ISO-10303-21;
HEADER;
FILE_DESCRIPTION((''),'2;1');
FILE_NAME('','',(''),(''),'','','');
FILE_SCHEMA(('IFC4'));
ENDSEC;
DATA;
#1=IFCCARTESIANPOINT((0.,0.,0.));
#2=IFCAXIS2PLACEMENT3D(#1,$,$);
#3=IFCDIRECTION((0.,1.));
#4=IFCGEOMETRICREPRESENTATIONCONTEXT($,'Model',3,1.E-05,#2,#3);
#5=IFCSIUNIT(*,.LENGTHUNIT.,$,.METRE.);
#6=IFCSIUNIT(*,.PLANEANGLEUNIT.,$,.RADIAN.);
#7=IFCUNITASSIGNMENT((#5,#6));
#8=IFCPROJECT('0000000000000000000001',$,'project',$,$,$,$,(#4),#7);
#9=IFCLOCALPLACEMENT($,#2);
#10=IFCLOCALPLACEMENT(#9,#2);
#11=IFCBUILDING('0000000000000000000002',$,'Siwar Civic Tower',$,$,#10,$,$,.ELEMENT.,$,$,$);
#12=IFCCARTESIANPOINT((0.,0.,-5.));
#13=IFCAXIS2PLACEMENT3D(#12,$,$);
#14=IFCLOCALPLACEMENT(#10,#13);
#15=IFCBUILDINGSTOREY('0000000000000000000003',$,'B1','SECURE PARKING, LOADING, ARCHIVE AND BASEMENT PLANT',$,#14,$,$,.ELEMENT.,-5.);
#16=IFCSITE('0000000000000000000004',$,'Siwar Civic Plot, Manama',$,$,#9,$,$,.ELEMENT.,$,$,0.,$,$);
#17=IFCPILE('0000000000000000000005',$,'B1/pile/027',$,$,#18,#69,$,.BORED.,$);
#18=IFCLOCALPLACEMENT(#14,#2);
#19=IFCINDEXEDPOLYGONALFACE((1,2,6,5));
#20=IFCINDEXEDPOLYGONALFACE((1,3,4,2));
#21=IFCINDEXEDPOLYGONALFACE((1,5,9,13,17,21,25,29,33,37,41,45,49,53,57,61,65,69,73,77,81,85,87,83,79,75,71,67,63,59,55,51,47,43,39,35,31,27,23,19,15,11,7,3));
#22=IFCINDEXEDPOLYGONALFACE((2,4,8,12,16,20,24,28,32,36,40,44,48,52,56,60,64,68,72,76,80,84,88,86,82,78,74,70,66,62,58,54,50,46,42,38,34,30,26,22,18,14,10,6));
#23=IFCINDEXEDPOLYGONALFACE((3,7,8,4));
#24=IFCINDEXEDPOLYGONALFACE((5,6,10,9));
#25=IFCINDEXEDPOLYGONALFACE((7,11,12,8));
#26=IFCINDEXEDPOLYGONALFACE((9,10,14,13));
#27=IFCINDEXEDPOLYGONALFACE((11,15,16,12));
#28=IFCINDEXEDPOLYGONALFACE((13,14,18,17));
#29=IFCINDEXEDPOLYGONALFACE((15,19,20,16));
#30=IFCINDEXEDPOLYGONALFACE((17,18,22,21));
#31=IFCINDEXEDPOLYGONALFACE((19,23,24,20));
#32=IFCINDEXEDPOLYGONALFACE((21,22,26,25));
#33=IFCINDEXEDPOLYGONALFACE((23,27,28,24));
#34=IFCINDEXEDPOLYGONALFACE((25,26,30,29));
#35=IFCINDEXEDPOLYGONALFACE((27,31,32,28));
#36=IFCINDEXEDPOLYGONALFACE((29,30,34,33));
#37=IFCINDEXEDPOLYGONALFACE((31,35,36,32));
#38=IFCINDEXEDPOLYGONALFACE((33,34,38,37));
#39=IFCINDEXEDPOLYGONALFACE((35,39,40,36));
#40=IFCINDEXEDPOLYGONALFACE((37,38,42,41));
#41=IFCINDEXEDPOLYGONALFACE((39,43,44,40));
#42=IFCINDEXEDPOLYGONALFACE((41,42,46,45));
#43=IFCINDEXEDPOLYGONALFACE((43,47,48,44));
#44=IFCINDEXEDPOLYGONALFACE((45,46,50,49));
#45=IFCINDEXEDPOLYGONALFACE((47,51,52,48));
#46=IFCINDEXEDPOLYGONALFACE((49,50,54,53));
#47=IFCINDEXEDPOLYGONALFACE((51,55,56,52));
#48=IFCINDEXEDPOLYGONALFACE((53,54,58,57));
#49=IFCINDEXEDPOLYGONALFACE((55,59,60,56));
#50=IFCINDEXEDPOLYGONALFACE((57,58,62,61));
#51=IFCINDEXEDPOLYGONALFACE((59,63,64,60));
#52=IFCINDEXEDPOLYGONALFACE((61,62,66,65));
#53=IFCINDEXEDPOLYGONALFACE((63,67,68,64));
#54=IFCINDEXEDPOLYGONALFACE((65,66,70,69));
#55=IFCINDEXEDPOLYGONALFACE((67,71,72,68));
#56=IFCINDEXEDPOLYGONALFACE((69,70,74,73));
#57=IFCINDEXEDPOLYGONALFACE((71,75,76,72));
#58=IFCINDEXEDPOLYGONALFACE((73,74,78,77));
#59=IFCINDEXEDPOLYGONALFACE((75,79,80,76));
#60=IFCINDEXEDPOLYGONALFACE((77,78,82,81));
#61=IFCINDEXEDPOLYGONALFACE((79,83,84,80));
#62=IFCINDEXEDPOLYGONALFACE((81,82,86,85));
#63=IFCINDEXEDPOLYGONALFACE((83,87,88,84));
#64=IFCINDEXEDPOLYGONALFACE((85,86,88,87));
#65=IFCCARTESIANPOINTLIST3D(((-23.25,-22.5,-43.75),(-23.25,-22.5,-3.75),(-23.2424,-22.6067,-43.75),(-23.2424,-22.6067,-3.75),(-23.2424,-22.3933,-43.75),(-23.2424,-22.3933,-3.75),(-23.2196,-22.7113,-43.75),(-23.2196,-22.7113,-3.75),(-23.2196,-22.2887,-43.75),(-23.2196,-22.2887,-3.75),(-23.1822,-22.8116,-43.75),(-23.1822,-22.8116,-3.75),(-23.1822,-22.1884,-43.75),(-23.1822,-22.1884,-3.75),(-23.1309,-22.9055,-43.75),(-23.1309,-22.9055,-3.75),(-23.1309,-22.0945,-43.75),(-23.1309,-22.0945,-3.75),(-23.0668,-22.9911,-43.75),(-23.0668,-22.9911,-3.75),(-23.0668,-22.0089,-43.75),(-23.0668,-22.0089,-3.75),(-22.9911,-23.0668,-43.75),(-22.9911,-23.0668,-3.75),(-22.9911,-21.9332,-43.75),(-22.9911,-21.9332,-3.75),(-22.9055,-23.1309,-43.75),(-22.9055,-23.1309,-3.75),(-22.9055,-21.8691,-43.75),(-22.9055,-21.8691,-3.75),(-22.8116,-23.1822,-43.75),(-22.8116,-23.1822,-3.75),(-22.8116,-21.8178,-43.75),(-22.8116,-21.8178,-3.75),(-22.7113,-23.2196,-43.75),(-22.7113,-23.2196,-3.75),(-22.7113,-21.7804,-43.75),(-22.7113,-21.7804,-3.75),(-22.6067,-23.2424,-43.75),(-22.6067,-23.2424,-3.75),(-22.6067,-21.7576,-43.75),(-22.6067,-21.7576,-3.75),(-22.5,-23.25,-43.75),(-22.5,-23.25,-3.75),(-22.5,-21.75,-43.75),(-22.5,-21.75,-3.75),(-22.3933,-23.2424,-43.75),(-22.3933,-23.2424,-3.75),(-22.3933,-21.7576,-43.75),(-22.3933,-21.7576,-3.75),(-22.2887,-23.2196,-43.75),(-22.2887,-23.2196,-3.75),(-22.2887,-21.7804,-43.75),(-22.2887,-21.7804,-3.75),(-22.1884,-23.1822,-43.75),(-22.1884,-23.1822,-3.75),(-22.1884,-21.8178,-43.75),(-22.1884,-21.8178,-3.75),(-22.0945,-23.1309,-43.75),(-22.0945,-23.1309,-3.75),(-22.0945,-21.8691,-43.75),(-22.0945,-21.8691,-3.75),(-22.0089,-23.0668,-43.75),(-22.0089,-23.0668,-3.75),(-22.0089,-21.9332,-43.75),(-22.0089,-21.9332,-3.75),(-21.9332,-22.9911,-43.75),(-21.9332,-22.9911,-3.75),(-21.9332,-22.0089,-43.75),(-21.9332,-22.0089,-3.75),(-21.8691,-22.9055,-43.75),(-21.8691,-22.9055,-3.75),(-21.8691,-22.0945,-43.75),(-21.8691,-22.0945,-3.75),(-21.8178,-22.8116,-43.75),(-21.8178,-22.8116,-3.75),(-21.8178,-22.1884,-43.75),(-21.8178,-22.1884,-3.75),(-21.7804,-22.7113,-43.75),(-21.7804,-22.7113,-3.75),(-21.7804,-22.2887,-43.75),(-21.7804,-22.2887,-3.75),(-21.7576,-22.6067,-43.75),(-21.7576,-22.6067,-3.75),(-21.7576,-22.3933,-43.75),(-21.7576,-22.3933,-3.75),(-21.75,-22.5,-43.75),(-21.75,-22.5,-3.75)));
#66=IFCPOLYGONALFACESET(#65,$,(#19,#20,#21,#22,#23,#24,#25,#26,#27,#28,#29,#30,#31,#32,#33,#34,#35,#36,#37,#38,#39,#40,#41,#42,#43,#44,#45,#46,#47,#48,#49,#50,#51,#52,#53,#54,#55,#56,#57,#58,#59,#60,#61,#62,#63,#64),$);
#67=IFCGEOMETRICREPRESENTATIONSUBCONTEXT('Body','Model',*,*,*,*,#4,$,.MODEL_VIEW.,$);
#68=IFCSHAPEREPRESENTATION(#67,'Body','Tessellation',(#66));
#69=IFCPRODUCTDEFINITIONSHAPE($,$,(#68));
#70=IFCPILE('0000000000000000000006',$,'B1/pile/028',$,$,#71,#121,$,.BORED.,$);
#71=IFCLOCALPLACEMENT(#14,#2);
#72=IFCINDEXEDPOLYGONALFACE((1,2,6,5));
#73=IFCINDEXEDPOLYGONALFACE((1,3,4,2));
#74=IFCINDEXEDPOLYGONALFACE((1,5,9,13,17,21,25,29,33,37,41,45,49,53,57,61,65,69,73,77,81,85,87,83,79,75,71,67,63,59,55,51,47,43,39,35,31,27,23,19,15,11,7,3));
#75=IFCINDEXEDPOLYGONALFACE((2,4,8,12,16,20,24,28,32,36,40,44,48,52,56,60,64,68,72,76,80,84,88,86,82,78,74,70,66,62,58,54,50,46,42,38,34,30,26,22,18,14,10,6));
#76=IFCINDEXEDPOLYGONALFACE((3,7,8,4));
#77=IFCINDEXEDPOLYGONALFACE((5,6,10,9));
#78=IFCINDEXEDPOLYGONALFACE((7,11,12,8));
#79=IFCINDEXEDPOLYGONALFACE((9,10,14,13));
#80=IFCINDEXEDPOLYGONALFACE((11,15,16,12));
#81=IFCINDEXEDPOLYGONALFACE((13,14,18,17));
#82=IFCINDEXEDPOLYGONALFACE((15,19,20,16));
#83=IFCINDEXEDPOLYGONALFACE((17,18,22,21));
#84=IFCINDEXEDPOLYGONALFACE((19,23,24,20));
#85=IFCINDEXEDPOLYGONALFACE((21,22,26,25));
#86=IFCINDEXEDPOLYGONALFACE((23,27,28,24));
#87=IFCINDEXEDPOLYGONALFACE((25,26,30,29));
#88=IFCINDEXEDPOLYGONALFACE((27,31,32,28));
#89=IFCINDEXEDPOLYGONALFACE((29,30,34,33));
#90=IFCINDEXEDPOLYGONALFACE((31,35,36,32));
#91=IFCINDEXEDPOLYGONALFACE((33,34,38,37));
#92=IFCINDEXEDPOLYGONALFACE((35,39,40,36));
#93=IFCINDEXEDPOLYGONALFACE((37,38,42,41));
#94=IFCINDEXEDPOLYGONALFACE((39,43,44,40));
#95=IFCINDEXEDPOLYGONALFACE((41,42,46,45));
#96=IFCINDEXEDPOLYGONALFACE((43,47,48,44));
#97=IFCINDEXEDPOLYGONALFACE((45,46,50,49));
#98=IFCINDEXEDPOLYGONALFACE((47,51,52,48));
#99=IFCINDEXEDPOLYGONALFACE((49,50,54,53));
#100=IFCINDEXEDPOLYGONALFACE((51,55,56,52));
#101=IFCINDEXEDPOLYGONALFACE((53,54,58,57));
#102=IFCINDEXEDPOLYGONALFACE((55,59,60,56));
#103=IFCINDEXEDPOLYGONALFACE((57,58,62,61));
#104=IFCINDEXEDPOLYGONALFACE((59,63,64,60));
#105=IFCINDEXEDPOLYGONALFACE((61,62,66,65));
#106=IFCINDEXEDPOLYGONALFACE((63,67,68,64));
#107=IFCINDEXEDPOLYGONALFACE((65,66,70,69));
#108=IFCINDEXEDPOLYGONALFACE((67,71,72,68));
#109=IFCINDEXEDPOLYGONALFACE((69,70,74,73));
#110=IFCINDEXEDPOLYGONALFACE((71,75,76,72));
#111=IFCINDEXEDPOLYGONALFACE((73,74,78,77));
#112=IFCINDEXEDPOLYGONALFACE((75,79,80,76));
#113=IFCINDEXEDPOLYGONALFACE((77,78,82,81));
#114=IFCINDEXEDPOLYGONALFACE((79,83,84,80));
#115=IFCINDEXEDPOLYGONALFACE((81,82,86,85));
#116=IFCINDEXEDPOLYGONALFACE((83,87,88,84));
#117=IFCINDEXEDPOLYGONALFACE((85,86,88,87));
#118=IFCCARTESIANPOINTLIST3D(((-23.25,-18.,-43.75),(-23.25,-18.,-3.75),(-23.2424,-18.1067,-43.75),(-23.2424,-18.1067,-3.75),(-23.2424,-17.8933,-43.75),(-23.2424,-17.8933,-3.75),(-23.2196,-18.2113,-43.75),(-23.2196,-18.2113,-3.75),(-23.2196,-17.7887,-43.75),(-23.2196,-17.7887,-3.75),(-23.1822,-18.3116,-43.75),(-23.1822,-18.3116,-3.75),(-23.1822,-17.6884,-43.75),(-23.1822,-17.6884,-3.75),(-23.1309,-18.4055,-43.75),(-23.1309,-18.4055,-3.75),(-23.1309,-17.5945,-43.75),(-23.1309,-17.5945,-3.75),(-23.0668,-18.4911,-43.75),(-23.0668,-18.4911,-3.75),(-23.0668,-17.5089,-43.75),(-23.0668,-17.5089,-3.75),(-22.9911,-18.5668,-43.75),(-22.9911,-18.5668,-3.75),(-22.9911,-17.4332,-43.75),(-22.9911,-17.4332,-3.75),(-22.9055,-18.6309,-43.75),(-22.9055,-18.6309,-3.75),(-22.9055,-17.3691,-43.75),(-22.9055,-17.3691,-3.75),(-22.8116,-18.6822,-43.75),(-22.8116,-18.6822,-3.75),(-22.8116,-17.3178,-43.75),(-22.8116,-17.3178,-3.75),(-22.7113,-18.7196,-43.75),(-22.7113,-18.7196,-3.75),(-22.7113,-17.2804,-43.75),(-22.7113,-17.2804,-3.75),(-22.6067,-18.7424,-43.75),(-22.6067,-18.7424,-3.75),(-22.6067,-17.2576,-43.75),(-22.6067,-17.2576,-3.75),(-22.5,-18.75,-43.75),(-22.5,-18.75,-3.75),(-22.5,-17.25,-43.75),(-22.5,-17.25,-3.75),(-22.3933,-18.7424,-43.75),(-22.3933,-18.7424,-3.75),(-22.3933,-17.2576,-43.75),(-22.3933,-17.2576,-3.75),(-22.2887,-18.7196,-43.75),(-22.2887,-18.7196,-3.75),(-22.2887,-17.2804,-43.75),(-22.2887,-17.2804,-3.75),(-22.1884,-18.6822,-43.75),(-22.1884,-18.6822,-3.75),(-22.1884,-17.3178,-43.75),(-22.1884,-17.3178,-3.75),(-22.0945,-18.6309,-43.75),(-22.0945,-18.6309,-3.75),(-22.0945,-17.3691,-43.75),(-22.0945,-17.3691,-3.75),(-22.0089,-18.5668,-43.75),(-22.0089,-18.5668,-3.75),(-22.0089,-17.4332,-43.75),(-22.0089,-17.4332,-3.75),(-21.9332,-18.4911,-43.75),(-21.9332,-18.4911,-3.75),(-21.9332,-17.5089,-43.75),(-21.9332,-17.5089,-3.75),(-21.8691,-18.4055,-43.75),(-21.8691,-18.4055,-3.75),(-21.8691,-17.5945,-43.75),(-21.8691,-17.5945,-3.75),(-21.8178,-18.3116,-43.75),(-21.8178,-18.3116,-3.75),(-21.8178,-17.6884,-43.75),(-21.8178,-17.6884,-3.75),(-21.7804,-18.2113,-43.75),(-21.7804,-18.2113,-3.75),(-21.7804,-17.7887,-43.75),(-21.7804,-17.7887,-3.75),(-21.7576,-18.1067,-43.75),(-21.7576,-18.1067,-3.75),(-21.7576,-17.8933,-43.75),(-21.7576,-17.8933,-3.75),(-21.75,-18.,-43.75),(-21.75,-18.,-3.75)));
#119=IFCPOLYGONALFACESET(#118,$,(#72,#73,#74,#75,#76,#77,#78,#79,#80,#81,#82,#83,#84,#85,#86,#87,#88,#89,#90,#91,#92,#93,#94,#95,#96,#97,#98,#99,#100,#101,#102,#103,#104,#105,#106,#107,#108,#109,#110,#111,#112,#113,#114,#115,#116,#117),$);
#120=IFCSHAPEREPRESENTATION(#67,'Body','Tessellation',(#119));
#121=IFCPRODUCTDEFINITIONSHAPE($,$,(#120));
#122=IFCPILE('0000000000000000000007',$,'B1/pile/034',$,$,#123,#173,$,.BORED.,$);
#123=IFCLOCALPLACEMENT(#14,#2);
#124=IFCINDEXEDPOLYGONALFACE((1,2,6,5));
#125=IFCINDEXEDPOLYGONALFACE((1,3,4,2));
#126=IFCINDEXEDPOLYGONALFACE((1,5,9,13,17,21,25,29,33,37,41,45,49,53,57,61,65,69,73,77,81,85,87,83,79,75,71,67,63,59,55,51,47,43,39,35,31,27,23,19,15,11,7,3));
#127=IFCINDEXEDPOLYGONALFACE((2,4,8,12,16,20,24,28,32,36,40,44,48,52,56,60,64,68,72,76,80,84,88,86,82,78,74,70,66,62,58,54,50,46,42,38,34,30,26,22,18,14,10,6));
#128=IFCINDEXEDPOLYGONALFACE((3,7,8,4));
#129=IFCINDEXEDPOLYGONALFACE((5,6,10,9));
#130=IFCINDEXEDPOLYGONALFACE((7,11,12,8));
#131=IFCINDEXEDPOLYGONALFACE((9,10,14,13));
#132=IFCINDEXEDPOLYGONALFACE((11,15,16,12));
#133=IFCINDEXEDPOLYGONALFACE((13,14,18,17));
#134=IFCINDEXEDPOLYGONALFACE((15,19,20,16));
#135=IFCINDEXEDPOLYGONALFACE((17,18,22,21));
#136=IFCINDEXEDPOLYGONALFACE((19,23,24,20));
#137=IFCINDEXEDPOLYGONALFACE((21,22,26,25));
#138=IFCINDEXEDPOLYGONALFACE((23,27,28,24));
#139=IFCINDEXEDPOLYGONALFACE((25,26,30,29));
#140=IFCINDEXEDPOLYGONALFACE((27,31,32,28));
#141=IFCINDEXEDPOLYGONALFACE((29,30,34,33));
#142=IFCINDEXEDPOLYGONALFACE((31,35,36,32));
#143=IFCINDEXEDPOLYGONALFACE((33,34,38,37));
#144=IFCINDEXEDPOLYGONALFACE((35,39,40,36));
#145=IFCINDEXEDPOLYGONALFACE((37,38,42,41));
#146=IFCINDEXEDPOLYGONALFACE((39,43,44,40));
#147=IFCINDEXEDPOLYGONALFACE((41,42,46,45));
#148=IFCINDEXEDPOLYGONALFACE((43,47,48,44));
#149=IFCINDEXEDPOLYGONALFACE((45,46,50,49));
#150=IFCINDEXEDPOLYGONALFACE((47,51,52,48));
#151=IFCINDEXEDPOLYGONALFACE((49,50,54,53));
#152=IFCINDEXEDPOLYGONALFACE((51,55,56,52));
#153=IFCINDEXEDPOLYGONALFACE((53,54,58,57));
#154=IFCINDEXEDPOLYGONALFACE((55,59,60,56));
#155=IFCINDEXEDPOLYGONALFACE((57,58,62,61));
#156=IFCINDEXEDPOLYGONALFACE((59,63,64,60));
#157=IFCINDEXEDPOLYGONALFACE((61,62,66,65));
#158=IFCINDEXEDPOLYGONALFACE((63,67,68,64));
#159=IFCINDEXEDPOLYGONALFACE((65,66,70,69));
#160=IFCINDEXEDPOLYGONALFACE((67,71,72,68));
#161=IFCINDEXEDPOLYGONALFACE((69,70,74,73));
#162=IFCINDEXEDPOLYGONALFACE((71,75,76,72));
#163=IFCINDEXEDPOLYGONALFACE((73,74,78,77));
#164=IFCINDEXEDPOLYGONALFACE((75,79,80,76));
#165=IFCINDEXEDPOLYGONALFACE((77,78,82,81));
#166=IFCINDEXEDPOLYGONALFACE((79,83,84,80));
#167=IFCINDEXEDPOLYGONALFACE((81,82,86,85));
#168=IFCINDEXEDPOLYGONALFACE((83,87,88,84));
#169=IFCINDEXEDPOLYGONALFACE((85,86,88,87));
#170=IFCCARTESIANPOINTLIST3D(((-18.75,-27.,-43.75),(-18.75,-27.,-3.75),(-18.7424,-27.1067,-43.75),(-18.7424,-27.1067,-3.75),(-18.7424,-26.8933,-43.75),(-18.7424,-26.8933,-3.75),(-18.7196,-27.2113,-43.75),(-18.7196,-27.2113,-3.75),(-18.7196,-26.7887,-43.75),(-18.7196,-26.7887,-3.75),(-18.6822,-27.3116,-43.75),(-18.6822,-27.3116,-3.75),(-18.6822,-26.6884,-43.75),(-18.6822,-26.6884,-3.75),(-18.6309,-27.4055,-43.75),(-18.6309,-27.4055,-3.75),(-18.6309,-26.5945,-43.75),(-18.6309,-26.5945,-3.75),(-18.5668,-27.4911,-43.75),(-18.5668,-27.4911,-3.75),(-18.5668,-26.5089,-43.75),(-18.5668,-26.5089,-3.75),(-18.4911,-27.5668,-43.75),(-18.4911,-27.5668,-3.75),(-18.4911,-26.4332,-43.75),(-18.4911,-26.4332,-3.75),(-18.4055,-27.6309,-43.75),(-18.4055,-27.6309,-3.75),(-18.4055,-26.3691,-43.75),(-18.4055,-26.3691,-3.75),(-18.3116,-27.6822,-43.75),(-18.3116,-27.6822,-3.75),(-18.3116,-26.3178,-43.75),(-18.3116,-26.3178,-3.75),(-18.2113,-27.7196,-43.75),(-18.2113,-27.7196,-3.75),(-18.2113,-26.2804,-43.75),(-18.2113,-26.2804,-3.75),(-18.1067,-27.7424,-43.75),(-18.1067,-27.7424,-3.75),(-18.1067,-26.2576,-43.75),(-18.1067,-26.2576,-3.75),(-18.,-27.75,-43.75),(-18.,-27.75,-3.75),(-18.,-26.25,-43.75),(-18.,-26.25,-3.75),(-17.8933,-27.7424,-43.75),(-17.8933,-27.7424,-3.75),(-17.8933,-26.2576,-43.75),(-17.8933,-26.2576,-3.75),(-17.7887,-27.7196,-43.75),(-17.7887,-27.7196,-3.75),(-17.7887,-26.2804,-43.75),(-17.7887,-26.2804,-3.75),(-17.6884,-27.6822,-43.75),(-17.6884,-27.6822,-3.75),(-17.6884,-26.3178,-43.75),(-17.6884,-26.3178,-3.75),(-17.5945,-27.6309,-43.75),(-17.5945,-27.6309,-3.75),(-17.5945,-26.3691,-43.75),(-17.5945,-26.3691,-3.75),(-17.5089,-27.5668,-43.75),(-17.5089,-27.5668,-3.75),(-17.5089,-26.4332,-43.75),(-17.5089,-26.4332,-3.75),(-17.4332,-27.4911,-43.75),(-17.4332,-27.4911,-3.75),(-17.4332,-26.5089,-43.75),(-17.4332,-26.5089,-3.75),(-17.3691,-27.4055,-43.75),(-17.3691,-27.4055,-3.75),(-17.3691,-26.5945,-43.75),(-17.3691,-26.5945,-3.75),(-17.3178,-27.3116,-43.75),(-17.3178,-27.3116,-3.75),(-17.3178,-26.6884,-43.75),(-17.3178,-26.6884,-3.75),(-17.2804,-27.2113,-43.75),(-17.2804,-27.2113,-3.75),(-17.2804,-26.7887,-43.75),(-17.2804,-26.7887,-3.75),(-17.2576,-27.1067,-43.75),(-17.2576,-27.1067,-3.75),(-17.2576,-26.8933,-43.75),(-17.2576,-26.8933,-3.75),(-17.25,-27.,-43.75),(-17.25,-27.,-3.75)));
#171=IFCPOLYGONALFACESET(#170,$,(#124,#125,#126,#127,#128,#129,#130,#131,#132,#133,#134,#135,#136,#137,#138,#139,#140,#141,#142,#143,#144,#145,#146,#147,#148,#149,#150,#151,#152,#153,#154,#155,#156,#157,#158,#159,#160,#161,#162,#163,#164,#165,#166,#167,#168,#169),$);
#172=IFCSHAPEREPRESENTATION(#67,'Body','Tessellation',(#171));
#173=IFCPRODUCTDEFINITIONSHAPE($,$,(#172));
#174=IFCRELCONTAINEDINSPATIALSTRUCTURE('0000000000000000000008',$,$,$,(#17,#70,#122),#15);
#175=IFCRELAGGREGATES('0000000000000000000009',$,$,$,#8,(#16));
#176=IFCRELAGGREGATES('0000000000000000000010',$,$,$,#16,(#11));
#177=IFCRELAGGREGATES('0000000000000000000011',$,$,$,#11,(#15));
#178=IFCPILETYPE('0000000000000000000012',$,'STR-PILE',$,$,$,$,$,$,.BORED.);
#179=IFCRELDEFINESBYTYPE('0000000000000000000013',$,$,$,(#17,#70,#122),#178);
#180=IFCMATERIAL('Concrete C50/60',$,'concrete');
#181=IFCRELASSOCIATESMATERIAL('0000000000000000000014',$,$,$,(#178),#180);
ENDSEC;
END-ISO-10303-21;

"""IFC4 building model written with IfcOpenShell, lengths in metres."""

from ifc_helpers import new_model, si_unit, direction, frame, origin, origin_2d, place, context, subcontext, project, spatial, circle, extrude, material, material_profile, profile_set, type_object, element, save


model = new_model("IFC4")

# Units and contexts
model_context = context("Model", 3, precision=1e-05, world=origin(), true_north=direction((0.0, 1.0)))
body_context = subcontext(model_context, "Body", "Model", "MODEL_VIEW")
ifc_project = project(units=[si_unit("LENGTHUNIT", "METRE"), si_unit("PLANEANGLEUNIT", "RADIAN")], contexts=[model_context])

# Site, building, storey
site_placement = place(None, origin())
site = spatial("IfcSite", under=ifc_project, at=site_placement, Name="Siwar Civic Plot, Manama", CompositionType="ELEMENT", RefElevation=0.0)
building_placement = place(site_placement, origin())
building = spatial("IfcBuilding", under=site, at=building_placement, Name="Siwar Civic Tower", CompositionType="ELEMENT")
storey_placement = place(building_placement, frame((0.0, 0.0, -5.0)))
storey = spatial("IfcBuildingStorey", under=building, at=storey_placement, Name="B1", Description="SECURE PARKING, LOADING, ARCHIVE AND BASEMENT PLANT", CompositionType="ELEMENT", Elevation=-5.0)

# Piles
ifc_material_1 = material(Name="Concrete C50/60", Category="concrete")
ifc_material_profile_1 = material_profile(ifc_material_1, circle(Radius=0.75, at=origin_2d()), Name="PILE1500")
ifc_profile_set_1 = profile_set([ifc_material_profile_1], Name="Concrete C50/60")
pile_type = type_object("IfcPileType", Name="STR-PILE", PredefinedType="BORED", material=ifc_profile_set_1)
for number, where, z_axis, x_axis, name in (
    (1, (-22.5, -22.5, -3.75), (0.0, 0.0, -1.0), (1.0, 0.0, 0.0), "B1/pile/027"),
    (2, (-22.5, -18.0, -3.75), (0.0, 0.0, -1.0), (1.0, 0.0, 0.0), "B1/pile/028"),
    (3, (-18.0, -27.0, -3.75), (0.0, 0.0, -1.0), (1.0, 0.0, 0.0), "B1/pile/034"),
):
    element("IfcPile", number, at=place(storey_placement, frame(where, z_axis=z_axis, x_axis=x_axis)), inside=storey, type_object=pile_type, Name=name, PredefinedType="BORED", context=body_context, shape_type="SweptSolid", body=[
        extrude(circle(Radius=0.75, at=origin_2d()), origin(), (0.0, 0.0, 1.0), 40.0),
    ])

save(model, "model.ifc")
